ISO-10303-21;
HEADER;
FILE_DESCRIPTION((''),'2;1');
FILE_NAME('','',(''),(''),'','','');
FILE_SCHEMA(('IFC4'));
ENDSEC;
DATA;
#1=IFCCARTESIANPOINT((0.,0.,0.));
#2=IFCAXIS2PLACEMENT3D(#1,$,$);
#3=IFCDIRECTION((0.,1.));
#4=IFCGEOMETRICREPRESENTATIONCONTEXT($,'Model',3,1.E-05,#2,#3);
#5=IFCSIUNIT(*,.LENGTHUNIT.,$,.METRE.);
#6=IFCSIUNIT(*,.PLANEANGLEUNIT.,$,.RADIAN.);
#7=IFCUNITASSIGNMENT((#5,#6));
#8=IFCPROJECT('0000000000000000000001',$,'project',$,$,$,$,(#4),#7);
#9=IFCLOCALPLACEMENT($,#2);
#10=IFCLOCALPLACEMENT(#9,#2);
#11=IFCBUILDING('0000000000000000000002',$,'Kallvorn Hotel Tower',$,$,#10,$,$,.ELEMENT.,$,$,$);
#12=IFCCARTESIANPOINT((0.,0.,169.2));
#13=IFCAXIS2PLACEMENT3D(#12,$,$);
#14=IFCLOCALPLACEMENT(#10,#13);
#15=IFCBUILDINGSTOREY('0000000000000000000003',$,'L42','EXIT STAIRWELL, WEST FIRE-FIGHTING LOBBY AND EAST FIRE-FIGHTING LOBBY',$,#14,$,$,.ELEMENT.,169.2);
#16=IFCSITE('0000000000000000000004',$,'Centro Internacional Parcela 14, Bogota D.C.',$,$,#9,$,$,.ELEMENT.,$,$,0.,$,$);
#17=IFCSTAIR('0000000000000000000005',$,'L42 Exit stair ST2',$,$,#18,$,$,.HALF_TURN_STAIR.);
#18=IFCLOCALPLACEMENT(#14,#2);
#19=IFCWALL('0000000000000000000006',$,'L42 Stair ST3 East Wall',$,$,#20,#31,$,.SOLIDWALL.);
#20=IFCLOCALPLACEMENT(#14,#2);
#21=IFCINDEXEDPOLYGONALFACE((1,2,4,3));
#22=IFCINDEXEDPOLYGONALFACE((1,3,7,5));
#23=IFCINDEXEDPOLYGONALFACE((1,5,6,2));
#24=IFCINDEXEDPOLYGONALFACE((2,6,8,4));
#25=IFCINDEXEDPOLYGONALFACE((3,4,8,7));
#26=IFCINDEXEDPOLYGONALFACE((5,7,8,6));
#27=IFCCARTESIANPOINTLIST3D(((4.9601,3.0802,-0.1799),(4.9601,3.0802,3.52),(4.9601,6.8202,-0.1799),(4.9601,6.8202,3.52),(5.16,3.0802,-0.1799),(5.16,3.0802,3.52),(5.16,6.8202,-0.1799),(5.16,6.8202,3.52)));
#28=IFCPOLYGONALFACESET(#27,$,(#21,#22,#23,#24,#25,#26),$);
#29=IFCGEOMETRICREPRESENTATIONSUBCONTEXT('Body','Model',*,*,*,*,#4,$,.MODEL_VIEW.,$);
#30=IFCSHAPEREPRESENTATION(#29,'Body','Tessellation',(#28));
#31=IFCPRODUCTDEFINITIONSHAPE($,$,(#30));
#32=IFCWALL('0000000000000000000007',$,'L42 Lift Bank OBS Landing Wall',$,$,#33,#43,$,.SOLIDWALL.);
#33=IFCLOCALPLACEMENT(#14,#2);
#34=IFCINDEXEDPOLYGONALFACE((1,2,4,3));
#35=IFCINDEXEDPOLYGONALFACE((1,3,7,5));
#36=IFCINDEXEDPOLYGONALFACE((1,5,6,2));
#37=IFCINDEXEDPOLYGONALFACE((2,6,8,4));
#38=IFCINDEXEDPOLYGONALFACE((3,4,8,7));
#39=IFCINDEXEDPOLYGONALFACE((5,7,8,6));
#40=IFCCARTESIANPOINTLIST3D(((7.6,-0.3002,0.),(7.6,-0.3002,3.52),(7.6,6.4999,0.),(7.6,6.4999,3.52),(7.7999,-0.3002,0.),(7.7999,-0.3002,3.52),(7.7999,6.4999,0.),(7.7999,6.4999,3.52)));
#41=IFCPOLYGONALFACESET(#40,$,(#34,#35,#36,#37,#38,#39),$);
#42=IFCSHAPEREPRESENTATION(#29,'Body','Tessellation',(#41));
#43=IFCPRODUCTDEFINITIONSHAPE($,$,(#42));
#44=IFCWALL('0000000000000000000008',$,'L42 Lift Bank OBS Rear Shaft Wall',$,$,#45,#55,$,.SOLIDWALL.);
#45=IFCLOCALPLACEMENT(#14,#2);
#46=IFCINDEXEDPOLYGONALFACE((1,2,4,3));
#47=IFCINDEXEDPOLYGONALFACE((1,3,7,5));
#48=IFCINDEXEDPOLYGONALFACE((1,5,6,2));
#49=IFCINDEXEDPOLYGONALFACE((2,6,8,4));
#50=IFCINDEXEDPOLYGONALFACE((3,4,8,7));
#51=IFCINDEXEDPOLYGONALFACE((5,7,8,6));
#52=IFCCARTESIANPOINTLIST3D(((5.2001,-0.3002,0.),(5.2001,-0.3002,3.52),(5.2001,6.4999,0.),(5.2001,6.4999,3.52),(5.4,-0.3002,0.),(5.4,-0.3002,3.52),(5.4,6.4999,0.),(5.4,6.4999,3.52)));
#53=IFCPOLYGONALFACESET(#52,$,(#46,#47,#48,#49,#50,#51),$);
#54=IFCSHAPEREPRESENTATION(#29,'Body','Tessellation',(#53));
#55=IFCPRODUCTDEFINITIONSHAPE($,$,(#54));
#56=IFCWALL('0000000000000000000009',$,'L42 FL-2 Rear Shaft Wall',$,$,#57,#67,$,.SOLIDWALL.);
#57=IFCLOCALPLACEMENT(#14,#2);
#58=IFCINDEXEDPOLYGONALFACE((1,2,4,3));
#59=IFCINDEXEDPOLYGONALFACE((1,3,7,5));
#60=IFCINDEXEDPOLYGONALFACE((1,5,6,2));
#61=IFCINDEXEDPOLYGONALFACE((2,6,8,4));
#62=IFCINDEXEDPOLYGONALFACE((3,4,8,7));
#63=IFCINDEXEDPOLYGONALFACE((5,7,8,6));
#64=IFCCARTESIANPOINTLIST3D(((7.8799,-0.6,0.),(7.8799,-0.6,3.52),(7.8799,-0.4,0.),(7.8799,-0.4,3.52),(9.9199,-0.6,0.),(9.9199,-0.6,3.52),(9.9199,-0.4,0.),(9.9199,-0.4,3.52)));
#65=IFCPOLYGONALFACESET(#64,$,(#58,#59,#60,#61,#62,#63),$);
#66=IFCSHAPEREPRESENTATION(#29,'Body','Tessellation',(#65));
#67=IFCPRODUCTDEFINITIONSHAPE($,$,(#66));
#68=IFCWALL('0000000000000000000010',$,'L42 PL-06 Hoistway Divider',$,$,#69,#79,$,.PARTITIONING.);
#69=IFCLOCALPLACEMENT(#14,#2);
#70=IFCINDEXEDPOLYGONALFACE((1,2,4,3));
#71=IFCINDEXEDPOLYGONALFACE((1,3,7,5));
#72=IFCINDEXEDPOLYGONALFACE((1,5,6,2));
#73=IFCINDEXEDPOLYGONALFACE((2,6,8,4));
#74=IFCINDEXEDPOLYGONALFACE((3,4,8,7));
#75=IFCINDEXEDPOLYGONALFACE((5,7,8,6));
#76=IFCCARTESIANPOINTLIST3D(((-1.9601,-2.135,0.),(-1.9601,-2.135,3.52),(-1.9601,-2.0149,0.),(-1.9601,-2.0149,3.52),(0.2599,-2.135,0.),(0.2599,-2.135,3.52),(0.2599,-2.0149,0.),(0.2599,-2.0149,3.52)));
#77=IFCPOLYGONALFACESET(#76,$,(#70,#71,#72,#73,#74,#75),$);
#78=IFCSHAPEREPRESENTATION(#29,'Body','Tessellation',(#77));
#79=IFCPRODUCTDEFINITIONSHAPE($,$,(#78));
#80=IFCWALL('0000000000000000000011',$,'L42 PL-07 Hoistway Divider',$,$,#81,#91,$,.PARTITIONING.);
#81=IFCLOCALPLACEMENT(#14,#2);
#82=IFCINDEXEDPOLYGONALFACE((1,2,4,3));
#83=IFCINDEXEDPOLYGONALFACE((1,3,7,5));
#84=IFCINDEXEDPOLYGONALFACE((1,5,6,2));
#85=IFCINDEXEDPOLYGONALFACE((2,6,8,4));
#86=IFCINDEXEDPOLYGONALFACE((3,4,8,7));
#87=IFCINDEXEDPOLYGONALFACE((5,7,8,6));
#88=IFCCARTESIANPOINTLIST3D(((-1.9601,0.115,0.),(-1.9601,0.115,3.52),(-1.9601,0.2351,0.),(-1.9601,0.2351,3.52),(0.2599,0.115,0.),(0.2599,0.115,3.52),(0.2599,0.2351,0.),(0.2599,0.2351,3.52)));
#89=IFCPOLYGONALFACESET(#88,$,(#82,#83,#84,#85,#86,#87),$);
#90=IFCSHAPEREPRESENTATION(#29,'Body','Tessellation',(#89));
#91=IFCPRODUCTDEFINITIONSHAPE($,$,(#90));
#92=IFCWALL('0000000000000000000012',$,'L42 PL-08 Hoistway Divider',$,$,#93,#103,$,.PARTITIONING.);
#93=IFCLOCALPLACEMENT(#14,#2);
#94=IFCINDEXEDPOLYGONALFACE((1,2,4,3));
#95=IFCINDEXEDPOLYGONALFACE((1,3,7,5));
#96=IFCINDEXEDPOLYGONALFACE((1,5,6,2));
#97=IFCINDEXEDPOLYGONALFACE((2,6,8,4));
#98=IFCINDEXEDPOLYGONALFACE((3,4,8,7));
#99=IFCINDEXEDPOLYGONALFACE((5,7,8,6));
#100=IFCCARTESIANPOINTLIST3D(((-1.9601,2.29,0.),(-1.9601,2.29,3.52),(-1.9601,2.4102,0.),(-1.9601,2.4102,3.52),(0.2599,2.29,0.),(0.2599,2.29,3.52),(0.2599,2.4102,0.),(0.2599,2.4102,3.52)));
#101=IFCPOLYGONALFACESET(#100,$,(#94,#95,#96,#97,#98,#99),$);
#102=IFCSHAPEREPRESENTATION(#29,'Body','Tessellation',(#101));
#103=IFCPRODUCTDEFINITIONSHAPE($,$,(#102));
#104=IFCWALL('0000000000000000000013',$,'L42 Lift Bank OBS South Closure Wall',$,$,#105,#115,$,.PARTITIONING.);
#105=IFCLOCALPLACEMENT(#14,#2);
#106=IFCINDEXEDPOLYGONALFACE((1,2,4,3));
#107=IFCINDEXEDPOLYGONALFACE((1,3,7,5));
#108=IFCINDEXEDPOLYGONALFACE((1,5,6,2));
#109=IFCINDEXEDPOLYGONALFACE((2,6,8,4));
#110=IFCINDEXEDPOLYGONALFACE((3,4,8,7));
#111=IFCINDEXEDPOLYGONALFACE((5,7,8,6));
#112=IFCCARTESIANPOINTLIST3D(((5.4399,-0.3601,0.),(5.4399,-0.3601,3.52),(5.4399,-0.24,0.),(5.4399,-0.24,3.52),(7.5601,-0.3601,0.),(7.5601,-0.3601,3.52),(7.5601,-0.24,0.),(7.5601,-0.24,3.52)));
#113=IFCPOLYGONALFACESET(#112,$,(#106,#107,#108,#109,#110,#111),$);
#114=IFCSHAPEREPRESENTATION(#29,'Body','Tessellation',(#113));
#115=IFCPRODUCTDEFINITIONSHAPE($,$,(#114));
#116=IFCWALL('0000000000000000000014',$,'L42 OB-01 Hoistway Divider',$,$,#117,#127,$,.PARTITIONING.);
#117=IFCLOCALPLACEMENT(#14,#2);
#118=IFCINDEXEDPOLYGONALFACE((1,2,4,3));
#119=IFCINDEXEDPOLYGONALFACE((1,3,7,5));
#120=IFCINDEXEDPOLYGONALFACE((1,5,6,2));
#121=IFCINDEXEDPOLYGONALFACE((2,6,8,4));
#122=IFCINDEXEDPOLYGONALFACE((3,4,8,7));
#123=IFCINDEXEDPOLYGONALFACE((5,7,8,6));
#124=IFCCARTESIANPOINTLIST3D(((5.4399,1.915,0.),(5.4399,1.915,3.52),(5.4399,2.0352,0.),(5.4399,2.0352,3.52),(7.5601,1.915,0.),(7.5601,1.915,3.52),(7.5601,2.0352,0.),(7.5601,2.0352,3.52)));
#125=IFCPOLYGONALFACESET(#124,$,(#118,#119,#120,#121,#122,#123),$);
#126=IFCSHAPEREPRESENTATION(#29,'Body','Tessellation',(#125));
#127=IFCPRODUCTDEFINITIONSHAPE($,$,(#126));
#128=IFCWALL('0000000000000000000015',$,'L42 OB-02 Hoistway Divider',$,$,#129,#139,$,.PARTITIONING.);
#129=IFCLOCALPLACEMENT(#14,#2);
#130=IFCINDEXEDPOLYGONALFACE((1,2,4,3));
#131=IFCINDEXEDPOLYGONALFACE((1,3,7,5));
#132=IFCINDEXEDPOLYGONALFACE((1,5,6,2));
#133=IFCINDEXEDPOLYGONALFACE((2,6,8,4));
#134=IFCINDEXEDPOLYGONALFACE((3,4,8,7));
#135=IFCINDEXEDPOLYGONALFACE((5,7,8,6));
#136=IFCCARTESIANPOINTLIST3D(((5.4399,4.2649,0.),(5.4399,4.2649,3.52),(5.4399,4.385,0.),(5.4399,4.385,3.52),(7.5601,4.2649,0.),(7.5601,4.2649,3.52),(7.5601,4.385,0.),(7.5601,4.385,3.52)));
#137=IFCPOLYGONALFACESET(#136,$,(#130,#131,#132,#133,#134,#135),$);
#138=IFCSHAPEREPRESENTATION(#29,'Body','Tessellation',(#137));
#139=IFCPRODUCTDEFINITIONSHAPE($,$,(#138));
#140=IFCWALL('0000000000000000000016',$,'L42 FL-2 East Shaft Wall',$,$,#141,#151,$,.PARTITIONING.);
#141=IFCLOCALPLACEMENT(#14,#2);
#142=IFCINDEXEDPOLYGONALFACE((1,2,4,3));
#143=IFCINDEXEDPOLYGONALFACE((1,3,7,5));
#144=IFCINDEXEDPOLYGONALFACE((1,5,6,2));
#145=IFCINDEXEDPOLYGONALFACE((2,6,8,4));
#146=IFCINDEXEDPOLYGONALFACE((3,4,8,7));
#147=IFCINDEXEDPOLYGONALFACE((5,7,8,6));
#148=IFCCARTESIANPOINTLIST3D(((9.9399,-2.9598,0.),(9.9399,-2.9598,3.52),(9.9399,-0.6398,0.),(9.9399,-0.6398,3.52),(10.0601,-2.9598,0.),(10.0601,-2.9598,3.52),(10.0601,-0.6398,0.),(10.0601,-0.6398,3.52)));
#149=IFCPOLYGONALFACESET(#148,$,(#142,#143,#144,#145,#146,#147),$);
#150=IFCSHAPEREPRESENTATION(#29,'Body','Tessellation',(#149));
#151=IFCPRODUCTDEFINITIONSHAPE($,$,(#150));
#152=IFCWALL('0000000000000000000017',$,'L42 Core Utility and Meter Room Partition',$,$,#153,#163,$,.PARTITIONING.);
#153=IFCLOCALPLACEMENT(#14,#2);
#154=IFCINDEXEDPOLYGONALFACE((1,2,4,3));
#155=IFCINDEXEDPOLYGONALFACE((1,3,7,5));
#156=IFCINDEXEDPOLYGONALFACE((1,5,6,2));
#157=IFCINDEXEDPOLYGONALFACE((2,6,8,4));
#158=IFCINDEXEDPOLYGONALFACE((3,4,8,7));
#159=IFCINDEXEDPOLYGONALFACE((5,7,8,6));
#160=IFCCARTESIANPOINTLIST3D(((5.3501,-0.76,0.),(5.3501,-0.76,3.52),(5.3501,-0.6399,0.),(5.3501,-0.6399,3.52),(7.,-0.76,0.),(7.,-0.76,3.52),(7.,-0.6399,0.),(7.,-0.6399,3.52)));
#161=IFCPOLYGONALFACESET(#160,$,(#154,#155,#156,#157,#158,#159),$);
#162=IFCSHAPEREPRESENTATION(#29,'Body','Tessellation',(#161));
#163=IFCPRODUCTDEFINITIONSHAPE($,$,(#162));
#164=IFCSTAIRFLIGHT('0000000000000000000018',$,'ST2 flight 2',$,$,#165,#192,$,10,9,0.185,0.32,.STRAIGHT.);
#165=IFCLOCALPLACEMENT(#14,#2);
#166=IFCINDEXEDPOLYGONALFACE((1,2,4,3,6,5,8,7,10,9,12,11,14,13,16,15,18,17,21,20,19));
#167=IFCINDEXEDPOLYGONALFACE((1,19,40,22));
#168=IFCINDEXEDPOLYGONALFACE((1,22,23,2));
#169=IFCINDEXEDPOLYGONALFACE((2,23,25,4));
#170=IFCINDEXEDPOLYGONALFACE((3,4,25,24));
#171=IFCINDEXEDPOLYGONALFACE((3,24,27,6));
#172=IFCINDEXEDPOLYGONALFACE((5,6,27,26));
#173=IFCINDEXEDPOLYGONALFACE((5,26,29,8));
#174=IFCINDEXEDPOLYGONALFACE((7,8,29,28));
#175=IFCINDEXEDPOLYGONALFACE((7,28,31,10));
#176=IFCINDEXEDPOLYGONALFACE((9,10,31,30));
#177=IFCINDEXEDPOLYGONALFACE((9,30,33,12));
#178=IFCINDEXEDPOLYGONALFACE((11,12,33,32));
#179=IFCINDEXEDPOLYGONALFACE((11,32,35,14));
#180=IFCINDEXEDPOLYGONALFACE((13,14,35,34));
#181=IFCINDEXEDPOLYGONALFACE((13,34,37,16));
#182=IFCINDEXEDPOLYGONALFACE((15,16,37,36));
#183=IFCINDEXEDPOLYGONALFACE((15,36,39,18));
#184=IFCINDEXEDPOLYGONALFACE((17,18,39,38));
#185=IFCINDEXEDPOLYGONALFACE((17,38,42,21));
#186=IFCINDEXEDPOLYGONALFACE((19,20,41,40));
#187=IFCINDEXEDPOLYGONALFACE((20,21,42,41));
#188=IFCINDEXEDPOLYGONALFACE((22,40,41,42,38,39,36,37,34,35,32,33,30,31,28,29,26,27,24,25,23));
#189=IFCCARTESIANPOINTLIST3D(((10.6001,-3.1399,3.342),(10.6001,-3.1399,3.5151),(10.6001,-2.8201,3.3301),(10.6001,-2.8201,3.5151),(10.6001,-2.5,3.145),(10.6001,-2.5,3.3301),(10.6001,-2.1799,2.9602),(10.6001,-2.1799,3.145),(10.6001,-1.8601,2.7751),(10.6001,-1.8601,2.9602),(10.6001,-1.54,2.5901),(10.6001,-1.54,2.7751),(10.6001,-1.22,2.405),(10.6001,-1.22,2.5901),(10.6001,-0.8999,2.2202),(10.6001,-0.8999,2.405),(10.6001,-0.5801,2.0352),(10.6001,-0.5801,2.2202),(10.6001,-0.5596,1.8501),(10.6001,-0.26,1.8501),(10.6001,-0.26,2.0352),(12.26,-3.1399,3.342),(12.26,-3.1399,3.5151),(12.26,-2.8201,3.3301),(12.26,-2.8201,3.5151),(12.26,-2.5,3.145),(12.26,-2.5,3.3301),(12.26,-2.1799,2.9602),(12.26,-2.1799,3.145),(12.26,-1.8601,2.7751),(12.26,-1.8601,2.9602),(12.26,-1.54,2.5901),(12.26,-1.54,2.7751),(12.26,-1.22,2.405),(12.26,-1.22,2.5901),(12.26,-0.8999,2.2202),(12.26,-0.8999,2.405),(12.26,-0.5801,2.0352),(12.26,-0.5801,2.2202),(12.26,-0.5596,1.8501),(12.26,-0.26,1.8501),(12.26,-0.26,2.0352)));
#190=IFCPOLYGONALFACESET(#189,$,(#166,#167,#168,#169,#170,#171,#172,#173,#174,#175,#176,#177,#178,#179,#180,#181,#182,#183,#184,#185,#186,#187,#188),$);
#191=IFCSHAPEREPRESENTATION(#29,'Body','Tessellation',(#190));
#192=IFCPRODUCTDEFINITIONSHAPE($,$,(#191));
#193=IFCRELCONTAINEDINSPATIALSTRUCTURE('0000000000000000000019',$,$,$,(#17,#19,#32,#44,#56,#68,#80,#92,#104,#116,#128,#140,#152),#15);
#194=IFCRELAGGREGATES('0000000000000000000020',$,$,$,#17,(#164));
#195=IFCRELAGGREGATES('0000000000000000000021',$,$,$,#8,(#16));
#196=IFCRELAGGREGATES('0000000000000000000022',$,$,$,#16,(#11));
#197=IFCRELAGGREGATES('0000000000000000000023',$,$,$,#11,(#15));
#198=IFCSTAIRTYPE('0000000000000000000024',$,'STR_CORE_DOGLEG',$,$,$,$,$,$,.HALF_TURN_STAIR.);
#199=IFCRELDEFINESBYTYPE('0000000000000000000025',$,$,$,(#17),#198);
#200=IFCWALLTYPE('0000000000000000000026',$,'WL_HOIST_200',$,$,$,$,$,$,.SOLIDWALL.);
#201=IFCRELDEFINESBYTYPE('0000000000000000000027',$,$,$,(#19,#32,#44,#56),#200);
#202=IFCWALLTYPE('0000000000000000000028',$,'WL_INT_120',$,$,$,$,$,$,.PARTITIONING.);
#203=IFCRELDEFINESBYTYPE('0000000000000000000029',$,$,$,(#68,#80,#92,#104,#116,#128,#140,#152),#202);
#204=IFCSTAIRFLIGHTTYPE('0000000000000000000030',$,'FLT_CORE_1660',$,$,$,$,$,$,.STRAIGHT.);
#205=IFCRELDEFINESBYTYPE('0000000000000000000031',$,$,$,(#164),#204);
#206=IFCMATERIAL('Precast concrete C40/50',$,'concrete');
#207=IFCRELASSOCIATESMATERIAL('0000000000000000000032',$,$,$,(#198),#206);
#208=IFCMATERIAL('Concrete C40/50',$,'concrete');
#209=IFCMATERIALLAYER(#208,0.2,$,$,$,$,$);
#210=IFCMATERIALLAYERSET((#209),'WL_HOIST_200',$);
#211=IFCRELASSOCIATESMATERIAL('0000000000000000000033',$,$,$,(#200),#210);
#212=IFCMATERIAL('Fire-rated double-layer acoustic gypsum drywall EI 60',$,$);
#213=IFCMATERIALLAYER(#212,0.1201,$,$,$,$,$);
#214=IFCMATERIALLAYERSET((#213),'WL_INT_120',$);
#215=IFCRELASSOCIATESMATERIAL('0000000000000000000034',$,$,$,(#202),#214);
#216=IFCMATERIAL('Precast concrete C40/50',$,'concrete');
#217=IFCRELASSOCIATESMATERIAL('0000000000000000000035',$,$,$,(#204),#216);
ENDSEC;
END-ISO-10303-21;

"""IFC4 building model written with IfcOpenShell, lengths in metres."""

from ifc_helpers import new_model, si_unit, direction, frame, frame_2d, origin, place, context, subcontext, project, spatial, polyline, rectangle, outline, extrude, material, layer, layer_set, type_object, element, aggregate, save


model = new_model("IFC4")

# Units and contexts
model_context = context("Model", 3, precision=1e-05, world=origin(), true_north=direction((0.0, 1.0)))
body_context = subcontext(model_context, "Body", "Model", "MODEL_VIEW")
ifc_project = project(units=[si_unit("LENGTHUNIT", "METRE"), si_unit("PLANEANGLEUNIT", "RADIAN")], contexts=[model_context])

# Site, building, storey
site_placement = place(None, origin())
site = spatial("IfcSite", under=ifc_project, at=site_placement, Name="Centro Internacional Parcela 14, Bogota D.C.", CompositionType="ELEMENT", RefElevation=0.0)
building_placement = place(site_placement, origin())
building = spatial("IfcBuilding", under=site, at=building_placement, Name="Kallvorn Hotel Tower", CompositionType="ELEMENT")
storey_placement = place(building_placement, frame((0.0, 0.0, 169.2)))
storey = spatial("IfcBuildingStorey", under=building, at=storey_placement, Name="L42", Description="EXIT STAIRWELL, WEST FIRE-FIGHTING LOBBY AND EAST FIRE-FIGHTING LOBBY", CompositionType="ELEMENT", Elevation=169.2)

# Stair
ifc_material_1 = material(Name="Precast concrete C40/50", Category="concrete")
stair_type = type_object("IfcStairType", Name="STR_CORE_DOGLEG", PredefinedType="HALF_TURN_STAIR", material=ifc_material_1)
stair_1_placement = place(storey_placement, origin())
stair_1 = element("IfcStair", 1, at=stair_1_placement, inside=storey, type_object=stair_type, Name="L42 Exit stair ST2", PredefinedType="HALF_TURN_STAIR")

# Walls
ifc_material_2 = material(Name="Concrete C40/50", Category="concrete")
ifc_layer_1 = layer(ifc_material_2, 0.2)
ifc_layer_set_1 = layer_set([ifc_layer_1], Name="WL_HOIST_200")
wall_type_1 = type_object("IfcWallType", Name="WL_HOIST_200", PredefinedType="SOLIDWALL", material=ifc_layer_set_1)
wall_1_placement = place(storey_placement, frame((5.0601, 3.0801, -0.1799), z_axis=(0.0, 0.0, 1.0), x_axis=(0.0, 1.0, 0.0)))
element("IfcWall", 2, at=wall_1_placement, inside=storey, type_object=wall_type_1, Name="L42 Stair ST3 East Wall", PredefinedType="SOLIDWALL", context=body_context, shape_type="SweptSolid", body=[
    extrude(rectangle(XDim=3.74, YDim=0.2, at=frame_2d((1.8701, 0.0))), origin(), (0.0, 0.0, 1.0), 3.7),
])
for number, where, z_axis, x_axis, name in (
    (3, (7.7, -0.3, 0.0), (0.0, 0.0, 1.0), (0.0, 1.0, 0.0), "L42 Lift Bank OBS Landing Wall"),
    (4, (5.3, -0.3, 0.0), (0.0, 0.0, 1.0), (0.0, 1.0, 0.0), "L42 Lift Bank OBS Rear Shaft Wall"),
):
    element("IfcWall", number, at=place(storey_placement, frame(where, z_axis=z_axis, x_axis=x_axis)), inside=storey, type_object=wall_type_1, Name=name, PredefinedType="SOLIDWALL", context=body_context, shape_type="SweptSolid", body=[
        extrude(rectangle(XDim=6.8, YDim=0.2, at=frame_2d((3.3999, 0.0))), origin(), (0.0, 0.0, 1.0), 3.52),
    ])
wall_2_placement = place(storey_placement, frame((7.8799, -0.5, 0.0), z_axis=(0.0, 0.0, 1.0), x_axis=(1.0, 0.0, 0.0)))
element("IfcWall", 5, at=wall_2_placement, inside=storey, type_object=wall_type_1, Name="L42 FL-2 Rear Shaft Wall", PredefinedType="SOLIDWALL", context=body_context, shape_type="SweptSolid", body=[
    extrude(rectangle(XDim=2.04, YDim=0.2, at=frame_2d((1.02, 0.0))), origin(), (0.0, 0.0, 1.0), 3.52),
])
ifc_material_3 = material(Name="Fire-rated double-layer acoustic gypsum drywall EI 60")
ifc_layer_2 = layer(ifc_material_3, 0.1201)
ifc_layer_set_2 = layer_set([ifc_layer_2], Name="WL_INT_120")
wall_type_2 = type_object("IfcWallType", Name="WL_INT_120", PredefinedType="PARTITIONING", material=ifc_layer_set_2)
for number, where, z_axis, x_axis, name in (
    (6, (-1.96, -2.075, 0.0), (0.0, 0.0, 1.0), (1.0, 0.0, 0.0), "L42 PL-06 Hoistway Divider"),
    (7, (-1.96, 0.175, 0.0), (0.0, 0.0, 1.0), (1.0, 0.0, 0.0), "L42 PL-07 Hoistway Divider"),
    (8, (-1.96, 2.3501, 0.0), (0.0, 0.0, 1.0), (1.0, 0.0, 0.0), "L42 PL-08 Hoistway Divider"),
):
    element("IfcWall", number, at=place(storey_placement, frame(where, z_axis=z_axis, x_axis=x_axis)), inside=storey, type_object=wall_type_2, Name=name, PredefinedType="PARTITIONING", context=body_context, shape_type="SweptSolid", body=[
        extrude(rectangle(XDim=2.22, YDim=0.1201, at=frame_2d((1.1099, 0.0))), origin(), (0.0, 0.0, 1.0), 3.52),
    ])
for number, where, z_axis, x_axis, name in (
    (9, (5.4399, -0.3, 0.0), (0.0, 0.0, 1.0), (1.0, 0.0, 0.0), "L42 Lift Bank OBS South Closure Wall"),
    (10, (5.4399, 1.9751, 0.0), (0.0, 0.0, 1.0), (1.0, 0.0, 0.0), "L42 OB-01 Hoistway Divider"),
    (11, (5.4399, 4.325, 0.0), (0.0, 0.0, 1.0), (1.0, 0.0, 0.0), "L42 OB-02 Hoistway Divider"),
):
    element("IfcWall", number, at=place(storey_placement, frame(where, z_axis=z_axis, x_axis=x_axis)), inside=storey, type_object=wall_type_2, Name=name, PredefinedType="PARTITIONING", context=body_context, shape_type="SweptSolid", body=[
        extrude(rectangle(XDim=2.1201, YDim=0.1201, at=frame_2d((1.0601, 0.0))), origin(), (0.0, 0.0, 1.0), 3.52),
    ])
wall_3_placement = place(storey_placement, frame((10.0, -2.96, 0.0), z_axis=(0.0, 0.0, 1.0), x_axis=(0.0, 1.0, 0.0)))
element("IfcWall", 12, at=wall_3_placement, inside=storey, type_object=wall_type_2, Name="L42 FL-2 East Shaft Wall", PredefinedType="PARTITIONING", context=body_context, shape_type="SweptSolid", body=[
    extrude(rectangle(XDim=2.3201, YDim=0.1201, at=frame_2d((1.1602, 0.0))), origin(), (0.0, 0.0, 1.0), 3.52),
])
wall_4_placement = place(storey_placement, frame((5.3501, -0.7, 0.0), z_axis=(0.0, 0.0, 1.0), x_axis=(1.0, 0.0, 0.0)))
element("IfcWall", 13, at=wall_4_placement, inside=storey, type_object=wall_type_2, Name="L42 Core Utility and Meter Room Partition", PredefinedType="PARTITIONING", context=body_context, shape_type="SweptSolid", body=[
    extrude(rectangle(XDim=1.6499, YDim=0.1201, at=frame_2d((0.825, 0.0))), origin(), (0.0, 0.0, 1.0), 3.52),
])

# Stair flight
ifc_material_4 = material(Name="Precast concrete C40/50", Category="concrete")
stair_flight_type = type_object("IfcStairFlightType", Name="FLT_CORE_1660", PredefinedType="STRAIGHT", material=ifc_material_4)
stair_flight_1_placement = place(storey_placement, frame((11.4299, -0.26, 1.8501), z_axis=(0.0, 0.0, 1.0), x_axis=(0.0, -1.0, 0.0)))
stair_flight_1 = element("IfcStairFlight", 14, at=stair_flight_1_placement, type_object=stair_flight_type, Name="ST2 flight 2", NumberOfRisers=10, NumberOfTreads=9, PredefinedType="STRAIGHT", RiserHeight=0.185, TreadLength=0.32, context=body_context, shape_type="SweptSolid", body=[
    extrude(outline(polyline([(0.0, 0.0), (0.0, 0.1851), (0.3201, 0.1851), (0.3201, 0.3701), (0.6399, 0.3701), (0.6399, 0.5549), (0.96, 0.5549), (0.96, 0.74), (1.28, 0.74), (1.28, 0.925), (1.6001, 0.925), (1.6001, 1.1101), (1.9199, 1.1101), (1.9199, 1.2949), (2.24, 1.2949), (2.24, 1.48), (2.5601, 1.48), (2.5601, 1.665), (2.8799, 1.665), (2.8799, 1.8501), (2.8799, 1.4919), (0.2996, 0.0), (0.0, 0.0)])), frame((0.0, 0.8301, 0.0), z_axis=(0.0, -1.0, 0.0), x_axis=(1.0, 0.0, 0.0)), (0.0, 0.0, 1.0), 1.6599),
])
aggregate(stair_1, [stair_flight_1])

save(model, "model.ifc")
